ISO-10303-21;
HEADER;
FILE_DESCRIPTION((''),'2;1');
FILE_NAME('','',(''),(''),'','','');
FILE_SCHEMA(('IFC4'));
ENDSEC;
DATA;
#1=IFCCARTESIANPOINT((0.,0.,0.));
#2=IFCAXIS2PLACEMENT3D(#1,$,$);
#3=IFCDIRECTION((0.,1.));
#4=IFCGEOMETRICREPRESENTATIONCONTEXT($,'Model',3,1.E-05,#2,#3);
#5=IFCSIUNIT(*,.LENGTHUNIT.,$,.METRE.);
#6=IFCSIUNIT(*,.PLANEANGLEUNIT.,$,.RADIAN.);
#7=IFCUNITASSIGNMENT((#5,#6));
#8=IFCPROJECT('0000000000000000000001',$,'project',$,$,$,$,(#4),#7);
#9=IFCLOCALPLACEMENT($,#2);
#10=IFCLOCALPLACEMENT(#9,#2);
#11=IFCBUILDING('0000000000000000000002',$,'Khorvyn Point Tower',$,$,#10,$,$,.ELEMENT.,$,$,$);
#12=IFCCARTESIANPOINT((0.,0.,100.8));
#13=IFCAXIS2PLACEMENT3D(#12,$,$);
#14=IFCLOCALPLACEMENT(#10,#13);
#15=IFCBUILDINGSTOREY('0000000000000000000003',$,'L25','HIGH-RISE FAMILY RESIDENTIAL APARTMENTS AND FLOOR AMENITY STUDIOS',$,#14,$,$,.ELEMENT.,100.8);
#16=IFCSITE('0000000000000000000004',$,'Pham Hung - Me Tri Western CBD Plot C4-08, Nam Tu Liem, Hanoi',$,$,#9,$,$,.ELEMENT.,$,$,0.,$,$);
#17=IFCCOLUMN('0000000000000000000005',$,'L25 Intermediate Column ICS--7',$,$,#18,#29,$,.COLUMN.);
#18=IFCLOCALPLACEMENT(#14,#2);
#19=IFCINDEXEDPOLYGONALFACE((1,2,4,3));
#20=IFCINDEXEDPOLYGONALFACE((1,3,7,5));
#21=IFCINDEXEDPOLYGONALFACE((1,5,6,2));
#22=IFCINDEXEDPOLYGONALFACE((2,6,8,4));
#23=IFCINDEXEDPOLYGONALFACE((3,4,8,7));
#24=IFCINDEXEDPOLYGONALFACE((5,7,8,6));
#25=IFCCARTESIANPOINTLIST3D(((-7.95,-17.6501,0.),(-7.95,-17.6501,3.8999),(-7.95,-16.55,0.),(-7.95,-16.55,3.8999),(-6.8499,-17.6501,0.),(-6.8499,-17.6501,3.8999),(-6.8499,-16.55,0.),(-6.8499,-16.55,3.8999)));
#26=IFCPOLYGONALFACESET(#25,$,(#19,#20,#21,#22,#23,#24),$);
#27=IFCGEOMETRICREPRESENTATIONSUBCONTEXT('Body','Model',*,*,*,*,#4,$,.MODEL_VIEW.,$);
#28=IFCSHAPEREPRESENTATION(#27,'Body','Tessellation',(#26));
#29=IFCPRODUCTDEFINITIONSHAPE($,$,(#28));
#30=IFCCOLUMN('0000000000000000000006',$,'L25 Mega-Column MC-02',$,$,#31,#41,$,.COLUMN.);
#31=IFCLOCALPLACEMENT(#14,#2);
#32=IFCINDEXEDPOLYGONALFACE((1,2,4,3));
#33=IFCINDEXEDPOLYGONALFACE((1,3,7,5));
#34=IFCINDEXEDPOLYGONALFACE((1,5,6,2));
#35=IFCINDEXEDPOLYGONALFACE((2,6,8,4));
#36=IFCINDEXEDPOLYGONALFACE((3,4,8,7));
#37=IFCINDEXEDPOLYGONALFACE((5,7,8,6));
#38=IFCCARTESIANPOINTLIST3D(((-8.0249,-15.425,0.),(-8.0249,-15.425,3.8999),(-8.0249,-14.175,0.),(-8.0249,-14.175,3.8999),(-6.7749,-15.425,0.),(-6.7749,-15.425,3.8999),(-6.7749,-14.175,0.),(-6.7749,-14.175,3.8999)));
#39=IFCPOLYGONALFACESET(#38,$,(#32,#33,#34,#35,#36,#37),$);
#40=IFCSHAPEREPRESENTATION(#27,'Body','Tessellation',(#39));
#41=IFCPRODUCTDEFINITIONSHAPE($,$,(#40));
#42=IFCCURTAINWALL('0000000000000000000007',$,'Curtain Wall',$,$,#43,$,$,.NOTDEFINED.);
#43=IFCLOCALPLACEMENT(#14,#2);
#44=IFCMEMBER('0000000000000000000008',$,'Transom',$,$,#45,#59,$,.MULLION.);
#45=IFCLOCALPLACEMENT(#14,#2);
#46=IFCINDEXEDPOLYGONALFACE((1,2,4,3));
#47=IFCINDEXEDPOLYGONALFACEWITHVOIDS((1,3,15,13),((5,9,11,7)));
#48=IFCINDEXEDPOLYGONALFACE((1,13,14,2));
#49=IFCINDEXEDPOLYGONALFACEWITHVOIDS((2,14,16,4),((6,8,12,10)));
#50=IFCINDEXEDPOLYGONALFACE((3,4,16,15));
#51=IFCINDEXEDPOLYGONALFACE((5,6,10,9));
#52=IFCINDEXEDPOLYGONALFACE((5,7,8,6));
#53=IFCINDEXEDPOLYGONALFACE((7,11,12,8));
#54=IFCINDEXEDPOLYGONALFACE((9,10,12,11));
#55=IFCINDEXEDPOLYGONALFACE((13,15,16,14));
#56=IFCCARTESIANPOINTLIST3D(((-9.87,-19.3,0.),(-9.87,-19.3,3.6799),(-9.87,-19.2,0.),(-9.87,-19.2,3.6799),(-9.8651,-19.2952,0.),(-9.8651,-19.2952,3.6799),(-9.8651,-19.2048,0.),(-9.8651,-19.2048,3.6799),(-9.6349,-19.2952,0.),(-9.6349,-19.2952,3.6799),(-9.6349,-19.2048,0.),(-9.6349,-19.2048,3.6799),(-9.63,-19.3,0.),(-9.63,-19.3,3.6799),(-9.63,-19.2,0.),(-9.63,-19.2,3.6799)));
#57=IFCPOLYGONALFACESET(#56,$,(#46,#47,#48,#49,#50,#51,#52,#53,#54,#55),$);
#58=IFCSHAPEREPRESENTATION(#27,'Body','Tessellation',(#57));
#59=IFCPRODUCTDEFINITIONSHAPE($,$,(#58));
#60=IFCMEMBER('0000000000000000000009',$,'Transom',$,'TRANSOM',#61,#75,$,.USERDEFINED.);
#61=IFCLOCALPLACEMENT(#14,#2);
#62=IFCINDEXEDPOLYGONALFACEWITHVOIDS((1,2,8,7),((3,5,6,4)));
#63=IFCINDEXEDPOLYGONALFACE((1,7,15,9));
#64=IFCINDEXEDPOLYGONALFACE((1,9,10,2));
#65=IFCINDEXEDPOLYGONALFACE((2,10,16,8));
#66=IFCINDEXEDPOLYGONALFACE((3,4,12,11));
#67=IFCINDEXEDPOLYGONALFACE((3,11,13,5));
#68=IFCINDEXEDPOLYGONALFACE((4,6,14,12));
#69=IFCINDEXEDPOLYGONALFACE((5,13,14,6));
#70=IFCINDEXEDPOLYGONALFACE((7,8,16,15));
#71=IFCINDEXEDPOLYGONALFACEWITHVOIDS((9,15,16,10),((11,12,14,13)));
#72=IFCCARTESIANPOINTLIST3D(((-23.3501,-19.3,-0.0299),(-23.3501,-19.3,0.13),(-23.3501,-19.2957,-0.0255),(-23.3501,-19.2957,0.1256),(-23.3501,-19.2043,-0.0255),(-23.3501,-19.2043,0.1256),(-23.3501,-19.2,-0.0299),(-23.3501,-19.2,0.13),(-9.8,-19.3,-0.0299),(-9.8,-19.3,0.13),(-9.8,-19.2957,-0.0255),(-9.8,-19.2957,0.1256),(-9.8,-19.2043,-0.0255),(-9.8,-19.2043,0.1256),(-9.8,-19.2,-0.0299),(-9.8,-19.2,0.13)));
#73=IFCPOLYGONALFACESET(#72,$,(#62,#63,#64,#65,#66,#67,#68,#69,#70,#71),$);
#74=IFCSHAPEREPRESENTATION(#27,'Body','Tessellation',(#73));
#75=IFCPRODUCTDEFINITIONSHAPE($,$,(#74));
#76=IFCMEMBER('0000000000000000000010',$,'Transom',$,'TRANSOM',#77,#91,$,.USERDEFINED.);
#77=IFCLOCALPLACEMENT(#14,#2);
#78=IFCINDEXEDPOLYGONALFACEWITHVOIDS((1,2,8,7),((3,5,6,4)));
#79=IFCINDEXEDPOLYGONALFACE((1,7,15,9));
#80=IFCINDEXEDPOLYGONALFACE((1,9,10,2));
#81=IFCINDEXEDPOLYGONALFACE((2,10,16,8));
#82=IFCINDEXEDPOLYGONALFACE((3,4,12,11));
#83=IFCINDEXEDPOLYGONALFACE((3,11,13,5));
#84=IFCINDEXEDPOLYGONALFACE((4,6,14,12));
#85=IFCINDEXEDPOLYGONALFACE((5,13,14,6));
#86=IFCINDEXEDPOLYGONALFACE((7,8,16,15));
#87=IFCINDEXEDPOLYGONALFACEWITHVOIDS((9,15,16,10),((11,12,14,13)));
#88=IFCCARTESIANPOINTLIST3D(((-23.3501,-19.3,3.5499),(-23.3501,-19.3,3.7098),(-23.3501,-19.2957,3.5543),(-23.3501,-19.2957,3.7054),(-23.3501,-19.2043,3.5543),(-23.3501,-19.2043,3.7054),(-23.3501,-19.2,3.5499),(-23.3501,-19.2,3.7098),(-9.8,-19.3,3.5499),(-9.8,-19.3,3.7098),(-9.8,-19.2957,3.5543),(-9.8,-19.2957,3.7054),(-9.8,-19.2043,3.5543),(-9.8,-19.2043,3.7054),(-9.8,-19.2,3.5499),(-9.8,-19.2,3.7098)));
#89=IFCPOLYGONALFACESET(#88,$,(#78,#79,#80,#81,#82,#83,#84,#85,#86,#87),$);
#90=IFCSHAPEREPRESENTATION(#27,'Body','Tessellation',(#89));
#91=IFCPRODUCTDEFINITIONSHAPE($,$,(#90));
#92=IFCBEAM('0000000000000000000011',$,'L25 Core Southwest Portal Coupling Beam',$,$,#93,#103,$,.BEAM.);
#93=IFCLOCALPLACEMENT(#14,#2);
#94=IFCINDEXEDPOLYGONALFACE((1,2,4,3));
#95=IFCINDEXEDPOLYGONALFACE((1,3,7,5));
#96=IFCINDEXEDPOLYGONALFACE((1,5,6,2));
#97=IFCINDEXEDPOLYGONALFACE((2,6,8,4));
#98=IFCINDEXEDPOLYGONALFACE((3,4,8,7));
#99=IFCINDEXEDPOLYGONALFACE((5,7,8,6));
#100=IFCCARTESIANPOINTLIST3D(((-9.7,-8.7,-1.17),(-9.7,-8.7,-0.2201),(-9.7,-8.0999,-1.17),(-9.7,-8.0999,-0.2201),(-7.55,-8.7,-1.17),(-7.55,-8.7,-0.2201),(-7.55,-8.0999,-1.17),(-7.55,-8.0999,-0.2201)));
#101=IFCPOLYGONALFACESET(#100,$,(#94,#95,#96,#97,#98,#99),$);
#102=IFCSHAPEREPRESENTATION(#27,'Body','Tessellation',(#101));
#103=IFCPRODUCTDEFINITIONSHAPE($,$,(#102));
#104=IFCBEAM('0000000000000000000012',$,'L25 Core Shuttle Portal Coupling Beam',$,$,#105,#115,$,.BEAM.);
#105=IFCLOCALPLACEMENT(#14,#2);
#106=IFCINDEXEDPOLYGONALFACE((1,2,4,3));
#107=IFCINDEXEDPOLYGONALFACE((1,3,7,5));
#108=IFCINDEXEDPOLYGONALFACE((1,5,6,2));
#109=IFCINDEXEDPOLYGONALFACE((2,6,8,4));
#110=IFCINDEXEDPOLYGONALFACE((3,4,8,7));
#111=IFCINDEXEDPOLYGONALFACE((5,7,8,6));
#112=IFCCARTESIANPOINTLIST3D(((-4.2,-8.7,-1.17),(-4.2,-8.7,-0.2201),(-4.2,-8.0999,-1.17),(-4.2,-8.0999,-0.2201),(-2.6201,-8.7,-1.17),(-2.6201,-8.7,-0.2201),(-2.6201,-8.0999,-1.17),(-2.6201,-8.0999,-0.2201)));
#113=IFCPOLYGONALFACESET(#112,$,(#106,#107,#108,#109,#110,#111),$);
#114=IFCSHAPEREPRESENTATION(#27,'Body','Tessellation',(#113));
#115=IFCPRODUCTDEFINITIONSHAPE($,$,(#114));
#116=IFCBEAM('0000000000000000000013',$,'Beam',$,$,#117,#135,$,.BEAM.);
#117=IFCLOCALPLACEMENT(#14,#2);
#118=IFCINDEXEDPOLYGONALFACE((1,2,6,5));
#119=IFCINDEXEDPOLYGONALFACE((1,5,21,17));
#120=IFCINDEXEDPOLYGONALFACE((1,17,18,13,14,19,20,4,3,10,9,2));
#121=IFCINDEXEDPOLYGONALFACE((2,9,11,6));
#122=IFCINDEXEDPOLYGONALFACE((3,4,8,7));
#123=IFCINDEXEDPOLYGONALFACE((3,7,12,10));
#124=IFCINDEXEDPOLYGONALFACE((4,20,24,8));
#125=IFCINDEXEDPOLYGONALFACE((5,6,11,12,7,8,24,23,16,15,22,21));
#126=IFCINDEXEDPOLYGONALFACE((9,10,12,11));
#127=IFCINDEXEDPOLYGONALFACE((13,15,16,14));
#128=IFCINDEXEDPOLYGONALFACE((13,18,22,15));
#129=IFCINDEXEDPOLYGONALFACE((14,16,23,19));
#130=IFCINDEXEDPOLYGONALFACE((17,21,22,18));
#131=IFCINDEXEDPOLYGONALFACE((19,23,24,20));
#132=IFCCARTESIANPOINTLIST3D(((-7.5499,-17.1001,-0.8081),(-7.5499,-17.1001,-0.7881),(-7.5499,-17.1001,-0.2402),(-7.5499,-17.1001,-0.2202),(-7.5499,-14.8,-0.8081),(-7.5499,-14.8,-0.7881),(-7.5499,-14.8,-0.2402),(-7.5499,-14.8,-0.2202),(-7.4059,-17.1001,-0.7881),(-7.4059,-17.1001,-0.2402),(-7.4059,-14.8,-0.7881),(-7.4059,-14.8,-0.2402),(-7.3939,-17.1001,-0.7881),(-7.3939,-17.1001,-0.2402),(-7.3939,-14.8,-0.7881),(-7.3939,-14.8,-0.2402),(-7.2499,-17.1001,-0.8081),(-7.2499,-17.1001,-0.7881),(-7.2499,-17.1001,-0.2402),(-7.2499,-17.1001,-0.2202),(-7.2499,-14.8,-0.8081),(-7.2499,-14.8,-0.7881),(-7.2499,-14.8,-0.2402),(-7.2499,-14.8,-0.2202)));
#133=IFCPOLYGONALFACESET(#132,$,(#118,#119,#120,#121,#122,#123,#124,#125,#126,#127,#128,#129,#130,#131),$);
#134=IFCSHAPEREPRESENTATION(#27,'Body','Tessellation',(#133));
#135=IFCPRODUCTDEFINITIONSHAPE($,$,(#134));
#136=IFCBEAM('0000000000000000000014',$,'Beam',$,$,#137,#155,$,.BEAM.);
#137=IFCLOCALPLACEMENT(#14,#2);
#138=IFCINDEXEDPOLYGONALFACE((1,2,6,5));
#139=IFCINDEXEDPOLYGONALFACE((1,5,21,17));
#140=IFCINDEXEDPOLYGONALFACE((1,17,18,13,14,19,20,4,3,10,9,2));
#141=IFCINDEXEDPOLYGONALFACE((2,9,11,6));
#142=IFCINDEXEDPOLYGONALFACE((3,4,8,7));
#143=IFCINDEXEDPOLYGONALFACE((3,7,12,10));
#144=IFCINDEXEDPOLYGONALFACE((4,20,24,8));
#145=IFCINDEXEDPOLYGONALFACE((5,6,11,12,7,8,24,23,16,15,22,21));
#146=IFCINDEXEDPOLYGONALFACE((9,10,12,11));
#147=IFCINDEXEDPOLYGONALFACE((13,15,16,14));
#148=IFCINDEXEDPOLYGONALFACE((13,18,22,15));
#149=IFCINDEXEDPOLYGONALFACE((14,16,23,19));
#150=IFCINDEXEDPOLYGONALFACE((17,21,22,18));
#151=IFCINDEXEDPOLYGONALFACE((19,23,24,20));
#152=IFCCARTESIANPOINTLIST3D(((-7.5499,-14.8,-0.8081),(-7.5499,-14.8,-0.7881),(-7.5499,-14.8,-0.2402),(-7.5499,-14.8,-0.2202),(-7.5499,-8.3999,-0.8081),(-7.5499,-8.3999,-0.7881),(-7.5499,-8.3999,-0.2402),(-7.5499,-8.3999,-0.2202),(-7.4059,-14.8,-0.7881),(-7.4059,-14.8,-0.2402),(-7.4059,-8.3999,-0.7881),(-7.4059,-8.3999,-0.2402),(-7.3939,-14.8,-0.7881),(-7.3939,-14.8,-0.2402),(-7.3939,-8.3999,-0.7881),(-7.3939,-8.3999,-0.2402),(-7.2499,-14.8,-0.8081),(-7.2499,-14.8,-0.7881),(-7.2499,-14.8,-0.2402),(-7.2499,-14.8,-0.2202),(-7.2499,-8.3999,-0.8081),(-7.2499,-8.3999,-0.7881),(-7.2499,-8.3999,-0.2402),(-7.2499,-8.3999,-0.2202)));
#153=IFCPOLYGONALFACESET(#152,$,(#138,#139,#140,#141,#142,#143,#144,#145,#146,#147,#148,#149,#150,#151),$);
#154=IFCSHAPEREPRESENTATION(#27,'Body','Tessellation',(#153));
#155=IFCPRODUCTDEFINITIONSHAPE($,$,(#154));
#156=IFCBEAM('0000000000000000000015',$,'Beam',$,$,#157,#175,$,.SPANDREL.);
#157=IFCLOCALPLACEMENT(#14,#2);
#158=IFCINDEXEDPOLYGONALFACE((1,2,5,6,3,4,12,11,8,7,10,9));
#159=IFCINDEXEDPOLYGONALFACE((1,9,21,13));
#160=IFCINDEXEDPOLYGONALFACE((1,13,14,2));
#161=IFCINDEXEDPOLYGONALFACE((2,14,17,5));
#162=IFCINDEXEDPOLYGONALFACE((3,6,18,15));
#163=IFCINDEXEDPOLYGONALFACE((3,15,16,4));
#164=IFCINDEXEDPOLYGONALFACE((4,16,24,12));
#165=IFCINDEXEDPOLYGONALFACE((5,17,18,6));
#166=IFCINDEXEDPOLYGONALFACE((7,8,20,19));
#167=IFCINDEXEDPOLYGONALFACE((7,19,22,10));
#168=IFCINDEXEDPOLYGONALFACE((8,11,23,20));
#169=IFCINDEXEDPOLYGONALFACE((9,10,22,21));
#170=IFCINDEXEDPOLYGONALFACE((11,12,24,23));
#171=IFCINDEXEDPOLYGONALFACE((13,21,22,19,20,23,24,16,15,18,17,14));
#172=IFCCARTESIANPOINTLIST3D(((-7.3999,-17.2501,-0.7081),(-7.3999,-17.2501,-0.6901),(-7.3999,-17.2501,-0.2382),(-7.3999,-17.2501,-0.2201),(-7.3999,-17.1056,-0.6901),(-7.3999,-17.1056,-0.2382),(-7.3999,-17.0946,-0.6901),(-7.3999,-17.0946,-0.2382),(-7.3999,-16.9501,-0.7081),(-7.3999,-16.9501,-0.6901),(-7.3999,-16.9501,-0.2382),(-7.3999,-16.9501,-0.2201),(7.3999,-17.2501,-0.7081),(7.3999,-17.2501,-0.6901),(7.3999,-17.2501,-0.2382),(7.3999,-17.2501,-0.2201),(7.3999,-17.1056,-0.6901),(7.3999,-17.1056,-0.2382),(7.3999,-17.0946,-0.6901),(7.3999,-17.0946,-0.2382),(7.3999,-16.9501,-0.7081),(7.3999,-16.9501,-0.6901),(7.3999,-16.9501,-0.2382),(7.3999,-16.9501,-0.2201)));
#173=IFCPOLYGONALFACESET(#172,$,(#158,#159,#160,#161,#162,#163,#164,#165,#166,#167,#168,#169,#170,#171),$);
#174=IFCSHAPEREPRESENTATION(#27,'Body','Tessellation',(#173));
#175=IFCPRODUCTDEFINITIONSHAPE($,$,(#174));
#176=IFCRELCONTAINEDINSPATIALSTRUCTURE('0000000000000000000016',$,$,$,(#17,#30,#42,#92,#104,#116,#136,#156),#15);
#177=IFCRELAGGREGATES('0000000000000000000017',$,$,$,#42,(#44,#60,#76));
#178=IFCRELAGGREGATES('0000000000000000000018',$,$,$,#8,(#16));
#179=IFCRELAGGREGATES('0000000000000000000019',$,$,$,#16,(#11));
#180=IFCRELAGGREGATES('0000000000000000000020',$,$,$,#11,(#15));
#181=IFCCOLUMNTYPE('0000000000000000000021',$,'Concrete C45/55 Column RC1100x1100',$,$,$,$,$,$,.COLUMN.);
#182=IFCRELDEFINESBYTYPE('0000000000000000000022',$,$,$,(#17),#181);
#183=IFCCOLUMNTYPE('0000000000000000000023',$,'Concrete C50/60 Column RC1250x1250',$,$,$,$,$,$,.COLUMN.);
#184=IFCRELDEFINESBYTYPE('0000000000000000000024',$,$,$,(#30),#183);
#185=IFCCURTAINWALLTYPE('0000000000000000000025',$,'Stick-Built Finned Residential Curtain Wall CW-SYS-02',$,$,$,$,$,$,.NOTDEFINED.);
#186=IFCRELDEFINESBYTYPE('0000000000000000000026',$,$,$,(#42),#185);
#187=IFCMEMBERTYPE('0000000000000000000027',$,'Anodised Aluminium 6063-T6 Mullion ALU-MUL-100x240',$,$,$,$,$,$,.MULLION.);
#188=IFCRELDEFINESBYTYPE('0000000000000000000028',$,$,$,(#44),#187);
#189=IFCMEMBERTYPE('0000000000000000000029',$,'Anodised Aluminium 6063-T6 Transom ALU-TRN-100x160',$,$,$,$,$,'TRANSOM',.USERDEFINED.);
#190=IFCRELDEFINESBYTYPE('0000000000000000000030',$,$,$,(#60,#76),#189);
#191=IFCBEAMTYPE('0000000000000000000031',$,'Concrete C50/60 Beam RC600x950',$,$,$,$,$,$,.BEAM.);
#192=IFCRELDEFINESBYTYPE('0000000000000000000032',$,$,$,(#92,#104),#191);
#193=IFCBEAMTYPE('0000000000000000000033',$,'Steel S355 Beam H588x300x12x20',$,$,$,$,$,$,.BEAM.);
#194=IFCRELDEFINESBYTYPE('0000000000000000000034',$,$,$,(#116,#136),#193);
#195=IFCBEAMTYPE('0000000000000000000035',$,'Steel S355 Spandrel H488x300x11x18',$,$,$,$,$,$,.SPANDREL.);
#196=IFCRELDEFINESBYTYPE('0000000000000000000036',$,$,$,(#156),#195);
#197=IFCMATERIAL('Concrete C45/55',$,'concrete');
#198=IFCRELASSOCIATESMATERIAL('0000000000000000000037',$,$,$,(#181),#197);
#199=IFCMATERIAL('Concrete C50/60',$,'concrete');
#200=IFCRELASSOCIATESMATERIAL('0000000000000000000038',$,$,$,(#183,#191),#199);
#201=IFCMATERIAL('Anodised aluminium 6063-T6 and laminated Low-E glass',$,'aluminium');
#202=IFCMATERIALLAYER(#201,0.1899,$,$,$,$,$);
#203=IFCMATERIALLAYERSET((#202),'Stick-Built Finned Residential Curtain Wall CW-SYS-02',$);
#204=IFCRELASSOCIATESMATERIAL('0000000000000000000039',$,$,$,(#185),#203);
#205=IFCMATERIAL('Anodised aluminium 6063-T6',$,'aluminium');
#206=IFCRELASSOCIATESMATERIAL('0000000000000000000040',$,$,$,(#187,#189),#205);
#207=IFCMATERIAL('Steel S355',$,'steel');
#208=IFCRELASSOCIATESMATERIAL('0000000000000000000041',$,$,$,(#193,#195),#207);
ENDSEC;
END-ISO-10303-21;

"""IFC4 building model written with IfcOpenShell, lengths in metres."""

from ifc_helpers import new_model, si_unit, direction, frame, origin, origin_2d, place, context, subcontext, project, spatial, rectangle, hollow_rectangle, i_section, extrude, material, layer, layer_set, material_profile, profile_set, type_object, element, aggregate, save


model = new_model("IFC4")

# Units and contexts
model_context = context("Model", 3, precision=1e-05, world=origin(), true_north=direction((0.0, 1.0)))
body_context = subcontext(model_context, "Body", "Model", "MODEL_VIEW")
ifc_project = project(units=[si_unit("LENGTHUNIT", "METRE"), si_unit("PLANEANGLEUNIT", "RADIAN")], contexts=[model_context])

# Site, building, storey
site_placement = place(None, origin())
site = spatial("IfcSite", under=ifc_project, at=site_placement, Name="Pham Hung - Me Tri Western CBD Plot C4-08, Nam Tu Liem, Hanoi", CompositionType="ELEMENT", RefElevation=0.0)
building_placement = place(site_placement, origin())
building = spatial("IfcBuilding", under=site, at=building_placement, Name="Khorvyn Point Tower", CompositionType="ELEMENT")
storey_placement = place(building_placement, frame((0.0, 0.0, 100.8)))
storey = spatial("IfcBuildingStorey", under=building, at=storey_placement, Name="L25", Description="HIGH-RISE FAMILY RESIDENTIAL APARTMENTS AND FLOOR AMENITY STUDIOS", CompositionType="ELEMENT", Elevation=100.8)

# Columns
ifc_material_1 = material(Name="Concrete C45/55", Category="concrete")
ifc_material_profile_1 = material_profile(ifc_material_1, rectangle(XDim=1.1001, YDim=1.1001, at=origin_2d()))
ifc_profile_set_1 = profile_set([ifc_material_profile_1], Name="Concrete C45/55 RC1100x1100")
column_type_1 = type_object("IfcColumnType", Name="Concrete C45/55 Column RC1100x1100", PredefinedType="COLUMN", material=ifc_profile_set_1)
column_1_placement = place(storey_placement, frame((-7.3999, -17.1001, 0.0), z_axis=(0.0, 0.0, 1.0), x_axis=(1.0, 0.0, 0.0)))
element("IfcColumn", 1, at=column_1_placement, inside=storey, type_object=column_type_1, Name="L25 Intermediate Column ICS--7", PredefinedType="COLUMN", context=body_context, shape_type="SweptSolid", body=[
    extrude(rectangle(XDim=1.1001, YDim=1.1001, at=origin_2d()), origin(), (0.0, 0.0, 1.0), 3.8999),
])
ifc_material_2 = material(Name="Concrete C50/60", Category="concrete")
ifc_material_profile_2 = material_profile(ifc_material_2, rectangle(XDim=1.25, YDim=1.25, at=origin_2d()))
ifc_profile_set_2 = profile_set([ifc_material_profile_2], Name="Concrete C50/60 RC1250x1250")
column_type_2 = type_object("IfcColumnType", Name="Concrete C50/60 Column RC1250x1250", PredefinedType="COLUMN", material=ifc_profile_set_2)
column_2_placement = place(storey_placement, frame((-7.3999, -14.8, 0.0), z_axis=(0.0, 0.0, 1.0), x_axis=(1.0, 0.0, 0.0)))
element("IfcColumn", 2, at=column_2_placement, inside=storey, type_object=column_type_2, Name="L25 Mega-Column MC-02", PredefinedType="COLUMN", context=body_context, shape_type="SweptSolid", body=[
    extrude(rectangle(XDim=1.25, YDim=1.25, at=origin_2d()), origin(), (0.0, 0.0, 1.0), 3.8999),
])

# Curtain wall, members
ifc_material_3 = material(Name="Anodised aluminium 6063-T6 and laminated Low-E glass", Category="aluminium")
ifc_layer_1 = layer(ifc_material_3, 0.1899)
ifc_layer_set_1 = layer_set([ifc_layer_1], Name="Stick-Built Finned Residential Curtain Wall CW-SYS-02")
curtain_wall_type = type_object("IfcCurtainWallType", Name="Stick-Built Finned Residential Curtain Wall CW-SYS-02", PredefinedType="NOTDEFINED", material=ifc_layer_set_1)
curtain_wall_placement = place(storey_placement, origin())
curtain_wall = element("IfcCurtainWall", 3, at=curtain_wall_placement, inside=storey, type_object=curtain_wall_type, Name="Curtain Wall", PredefinedType="NOTDEFINED")
ifc_material_4 = material(Name="Anodised aluminium 6063-T6", Category="aluminium")
ifc_material_profile_3 = material_profile(ifc_material_4, hollow_rectangle(XDim=0.1001, YDim=0.24, WallThickness=0.0049, at=origin_2d()))
ifc_profile_set_3 = profile_set([ifc_material_profile_3], Name="Anodised aluminium 6063-T6 ALU-MUL-100x240")
member_type_1 = type_object("IfcMemberType", Name="Anodised Aluminium 6063-T6 Mullion ALU-MUL-100x240", PredefinedType="MULLION", material=ifc_profile_set_3)
member_1_placement = place(storey_placement, frame((-9.75, -19.25, 0.0), z_axis=(0.0, 0.0, 1.0), x_axis=(0.0, -1.0, 0.0)))
member_1 = element("IfcMember", 4, at=member_1_placement, type_object=member_type_1, Name="Transom", PredefinedType="MULLION", context=body_context, shape_type="SweptSolid", body=[
    extrude(hollow_rectangle(XDim=0.1001, YDim=0.24, WallThickness=0.0049, at=origin_2d()), origin(), (0.0, 0.0, 1.0), 3.6799),
])
ifc_material_profile_4 = material_profile(ifc_material_4, hollow_rectangle(XDim=0.1001, YDim=0.1599, WallThickness=0.0044, at=origin_2d()))
ifc_profile_set_4 = profile_set([ifc_material_profile_4], Name="Anodised aluminium 6063-T6 ALU-TRN-100x160")
member_type_2 = type_object("IfcMemberType", Name="Anodised Aluminium 6063-T6 Transom ALU-TRN-100x160", ElementType="TRANSOM", PredefinedType="USERDEFINED", material=ifc_profile_set_4)
member_2_placement = place(storey_placement, frame((-9.8, -19.25, 0.05), z_axis=(-1.0, 0.0, 0.0), x_axis=(0.0, -1.0, 0.0)))
member_2 = element("IfcMember", 5, at=member_2_placement, type_object=member_type_2, Name="Transom", ObjectType="TRANSOM", PredefinedType="USERDEFINED", context=body_context, shape_type="SweptSolid", body=[
    extrude(hollow_rectangle(XDim=0.1001, YDim=0.1599, WallThickness=0.0044, at=origin_2d()), origin(), (0.0, 0.0, 1.0), 13.55),
])
member_3_placement = place(storey_placement, frame((-9.8, -19.25, 3.6299), z_axis=(-1.0, 0.0, 0.0), x_axis=(0.0, -1.0, 0.0)))
member_3 = element("IfcMember", 6, at=member_3_placement, type_object=member_type_2, Name="Transom", ObjectType="TRANSOM", PredefinedType="USERDEFINED", context=body_context, shape_type="SweptSolid", body=[
    extrude(hollow_rectangle(XDim=0.1001, YDim=0.1599, WallThickness=0.0044, at=origin_2d()), origin(), (0.0, 0.0, 1.0), 13.55),
])

# Beams
ifc_material_profile_5 = material_profile(ifc_material_2, rectangle(XDim=0.6001, YDim=0.95, at=origin_2d()))
ifc_profile_set_5 = profile_set([ifc_material_profile_5], Name="Concrete C50/60 RC600x950")
beam_type_1 = type_object("IfcBeamType", Name="Concrete C50/60 Beam RC600x950", PredefinedType="BEAM", material=ifc_profile_set_5)
beam_1_placement = place(storey_placement, frame((-9.7, -8.3999, -0.6951), z_axis=(1.0, 0.0, 0.0), x_axis=(0.0, 1.0, 0.0)))
element("IfcBeam", 7, at=beam_1_placement, inside=storey, type_object=beam_type_1, Name="L25 Core Southwest Portal Coupling Beam", PredefinedType="BEAM", context=body_context, shape_type="SweptSolid", body=[
    extrude(rectangle(XDim=0.6001, YDim=0.95, at=origin_2d()), origin(), (0.0, 0.0, 1.0), 2.1499),
])
beam_2_placement = place(storey_placement, frame((-4.2, -8.3999, -0.6951), z_axis=(1.0, 0.0, 0.0), x_axis=(0.0, 1.0, 0.0)))
element("IfcBeam", 8, at=beam_2_placement, inside=storey, type_object=beam_type_1, Name="L25 Core Shuttle Portal Coupling Beam", PredefinedType="BEAM", context=body_context, shape_type="SweptSolid", body=[
    extrude(rectangle(XDim=0.6001, YDim=0.95, at=origin_2d()), origin(), (0.0, 0.0, 1.0), 1.5798),
])
ifc_material_5 = material(Name="Steel S355", Category="steel")
ifc_material_profile_6 = material_profile(ifc_material_5, i_section(OverallWidth=0.3, OverallDepth=0.5879, WebThickness=0.012, FlangeThickness=0.02, at=origin_2d()))
ifc_profile_set_6 = profile_set([ifc_material_profile_6], Name="Steel S355 H588x300x12x20")
beam_type_2 = type_object("IfcBeamType", Name="Steel S355 Beam H588x300x12x20", PredefinedType="BEAM", material=ifc_profile_set_6)
beam_3_placement = place(storey_placement, frame((-7.3999, -17.1001, -0.5142), z_axis=(0.0, 1.0, 0.0), x_axis=(-1.0, 0.0, 0.0)))
element("IfcBeam", 9, at=beam_3_placement, inside=storey, type_object=beam_type_2, Name="Beam", PredefinedType="BEAM", context=body_context, shape_type="SweptSolid", body=[
    extrude(i_section(OverallWidth=0.3, OverallDepth=0.5879, WebThickness=0.012, FlangeThickness=0.02, at=origin_2d()), origin(), (0.0, 0.0, 1.0), 2.3),
])
beam_4_placement = place(storey_placement, frame((-7.3999, -14.8, -0.5142), z_axis=(0.0, 1.0, 0.0), x_axis=(-1.0, 0.0, 0.0)))
element("IfcBeam", 10, at=beam_4_placement, inside=storey, type_object=beam_type_2, Name="Beam", PredefinedType="BEAM", context=body_context, shape_type="SweptSolid", body=[
    extrude(i_section(OverallWidth=0.3, OverallDepth=0.5879, WebThickness=0.012, FlangeThickness=0.02, at=origin_2d()), origin(), (0.0, 0.0, 1.0), 6.4001),
])
ifc_material_profile_7 = material_profile(ifc_material_5, i_section(OverallWidth=0.3, OverallDepth=0.488, WebThickness=0.011, FlangeThickness=0.0181, at=origin_2d()))
ifc_profile_set_7 = profile_set([ifc_material_profile_7], Name="Steel S355 H488x300x11x18")
beam_type_3 = type_object("IfcBeamType", Name="Steel S355 Spandrel H488x300x11x18", PredefinedType="SPANDREL", material=ifc_profile_set_7)
beam_5_placement = place(storey_placement, frame((-7.3999, -17.1001, -0.4641), z_axis=(1.0, 0.0, 0.0), x_axis=(0.0, 1.0, 0.0)))
element("IfcBeam", 11, at=beam_5_placement, inside=storey, type_object=beam_type_3, Name="Beam", PredefinedType="SPANDREL", context=body_context, shape_type="SweptSolid", body=[
    extrude(i_section(OverallWidth=0.3, OverallDepth=0.488, WebThickness=0.011, FlangeThickness=0.0181, at=origin_2d()), origin(), (0.0, 0.0, 1.0), 14.7998),
])

aggregate(curtain_wall, [member_1, member_2, member_3])

save(model, "model.ifc")
